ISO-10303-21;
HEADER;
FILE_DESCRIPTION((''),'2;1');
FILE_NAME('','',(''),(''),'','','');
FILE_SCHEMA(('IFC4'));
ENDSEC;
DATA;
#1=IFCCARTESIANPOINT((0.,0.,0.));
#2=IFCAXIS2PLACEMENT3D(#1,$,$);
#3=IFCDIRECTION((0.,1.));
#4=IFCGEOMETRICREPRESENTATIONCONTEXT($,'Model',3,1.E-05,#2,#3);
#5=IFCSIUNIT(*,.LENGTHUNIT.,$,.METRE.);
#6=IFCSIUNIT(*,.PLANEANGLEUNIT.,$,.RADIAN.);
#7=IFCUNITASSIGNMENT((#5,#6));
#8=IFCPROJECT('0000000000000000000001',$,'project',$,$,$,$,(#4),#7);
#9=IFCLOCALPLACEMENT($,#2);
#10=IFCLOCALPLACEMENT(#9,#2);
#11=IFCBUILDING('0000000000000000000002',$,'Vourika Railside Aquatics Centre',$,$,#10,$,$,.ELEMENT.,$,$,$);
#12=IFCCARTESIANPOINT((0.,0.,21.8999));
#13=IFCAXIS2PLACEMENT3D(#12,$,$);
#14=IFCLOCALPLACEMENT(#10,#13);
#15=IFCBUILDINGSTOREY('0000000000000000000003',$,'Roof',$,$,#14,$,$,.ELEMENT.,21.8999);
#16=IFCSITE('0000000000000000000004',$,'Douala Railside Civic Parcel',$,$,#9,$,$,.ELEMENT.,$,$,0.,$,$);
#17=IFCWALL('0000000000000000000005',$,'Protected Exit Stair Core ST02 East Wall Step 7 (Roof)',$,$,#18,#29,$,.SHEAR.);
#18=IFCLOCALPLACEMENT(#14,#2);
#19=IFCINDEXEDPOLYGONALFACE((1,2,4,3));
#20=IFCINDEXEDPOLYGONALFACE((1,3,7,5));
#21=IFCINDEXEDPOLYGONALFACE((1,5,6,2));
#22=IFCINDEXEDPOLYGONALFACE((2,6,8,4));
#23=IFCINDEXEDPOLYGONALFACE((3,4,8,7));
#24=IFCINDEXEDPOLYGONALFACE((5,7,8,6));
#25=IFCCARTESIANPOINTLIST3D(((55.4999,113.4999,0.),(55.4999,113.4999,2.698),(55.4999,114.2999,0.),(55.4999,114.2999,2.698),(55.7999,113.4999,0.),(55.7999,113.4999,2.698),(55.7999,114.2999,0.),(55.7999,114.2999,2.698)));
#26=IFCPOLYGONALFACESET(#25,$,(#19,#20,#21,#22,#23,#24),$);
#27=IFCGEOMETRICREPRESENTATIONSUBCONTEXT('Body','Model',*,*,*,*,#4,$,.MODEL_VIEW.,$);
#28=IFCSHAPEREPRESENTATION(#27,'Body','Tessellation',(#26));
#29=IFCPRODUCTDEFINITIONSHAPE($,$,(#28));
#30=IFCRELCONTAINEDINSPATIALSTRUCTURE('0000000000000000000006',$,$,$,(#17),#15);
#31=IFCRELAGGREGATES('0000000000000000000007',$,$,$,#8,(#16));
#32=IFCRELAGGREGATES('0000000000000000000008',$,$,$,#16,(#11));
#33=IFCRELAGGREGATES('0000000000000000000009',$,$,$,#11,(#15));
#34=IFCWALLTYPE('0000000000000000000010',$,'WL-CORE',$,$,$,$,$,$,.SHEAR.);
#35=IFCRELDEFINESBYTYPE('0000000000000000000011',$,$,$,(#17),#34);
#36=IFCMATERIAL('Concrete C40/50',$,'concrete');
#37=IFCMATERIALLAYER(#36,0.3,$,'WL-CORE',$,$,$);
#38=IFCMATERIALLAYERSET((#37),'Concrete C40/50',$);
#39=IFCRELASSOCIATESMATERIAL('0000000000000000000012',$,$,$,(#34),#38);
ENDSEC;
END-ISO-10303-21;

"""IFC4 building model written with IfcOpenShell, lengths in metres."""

from ifc_helpers import new_model, si_unit, direction, frame, frame_2d, origin, place, context, subcontext, project, spatial, rectangle, extrude, material, layer, layer_set, type_object, element, save


model = new_model("IFC4")

# Units and contexts
model_context = context("Model", 3, precision=1e-05, world=origin(), true_north=direction((0.0, 1.0)))
body_context = subcontext(model_context, "Body", "Model", "MODEL_VIEW")
ifc_project = project(units=[si_unit("LENGTHUNIT", "METRE"), si_unit("PLANEANGLEUNIT", "RADIAN")], contexts=[model_context])

# Site, building, storey
site_placement = place(None, origin())
site = spatial("IfcSite", under=ifc_project, at=site_placement, Name="Douala Railside Civic Parcel", CompositionType="ELEMENT", RefElevation=0.0)
building_placement = place(site_placement, origin())
building = spatial("IfcBuilding", under=site, at=building_placement, Name="Vourika Railside Aquatics Centre", CompositionType="ELEMENT")
storey_placement = place(building_placement, frame((0.0, 0.0, 21.8999)))
storey = spatial("IfcBuildingStorey", under=building, at=storey_placement, Name="Roof", CompositionType="ELEMENT", Elevation=21.8999)

# Wall
ifc_material_1 = material(Name="Concrete C40/50", Category="concrete")
ifc_layer_1 = layer(ifc_material_1, 0.3, Name="WL-CORE")
ifc_layer_set_1 = layer_set([ifc_layer_1], Name="Concrete C40/50")
wall_type = type_object("IfcWallType", Name="WL-CORE", PredefinedType="SHEAR", material=ifc_layer_set_1)
wall_1_placement = place(storey_placement, frame((55.6499, 113.5, 0.0), z_axis=(0.0, 0.0, 1.0), x_axis=(0.0, 1.0, 0.0)))
element("IfcWall", 1, at=wall_1_placement, inside=storey, type_object=wall_type, Name="Protected Exit Stair Core ST02 East Wall Step 7 (Roof)", PredefinedType="SHEAR", context=body_context, shape_type="SweptSolid", body=[
    extrude(rectangle(XDim=0.8, YDim=0.3, at=frame_2d((0.3999, 0.0))), origin(), (0.0, 0.0, 1.0), 2.698),
])

save(model, "model.ifc")
